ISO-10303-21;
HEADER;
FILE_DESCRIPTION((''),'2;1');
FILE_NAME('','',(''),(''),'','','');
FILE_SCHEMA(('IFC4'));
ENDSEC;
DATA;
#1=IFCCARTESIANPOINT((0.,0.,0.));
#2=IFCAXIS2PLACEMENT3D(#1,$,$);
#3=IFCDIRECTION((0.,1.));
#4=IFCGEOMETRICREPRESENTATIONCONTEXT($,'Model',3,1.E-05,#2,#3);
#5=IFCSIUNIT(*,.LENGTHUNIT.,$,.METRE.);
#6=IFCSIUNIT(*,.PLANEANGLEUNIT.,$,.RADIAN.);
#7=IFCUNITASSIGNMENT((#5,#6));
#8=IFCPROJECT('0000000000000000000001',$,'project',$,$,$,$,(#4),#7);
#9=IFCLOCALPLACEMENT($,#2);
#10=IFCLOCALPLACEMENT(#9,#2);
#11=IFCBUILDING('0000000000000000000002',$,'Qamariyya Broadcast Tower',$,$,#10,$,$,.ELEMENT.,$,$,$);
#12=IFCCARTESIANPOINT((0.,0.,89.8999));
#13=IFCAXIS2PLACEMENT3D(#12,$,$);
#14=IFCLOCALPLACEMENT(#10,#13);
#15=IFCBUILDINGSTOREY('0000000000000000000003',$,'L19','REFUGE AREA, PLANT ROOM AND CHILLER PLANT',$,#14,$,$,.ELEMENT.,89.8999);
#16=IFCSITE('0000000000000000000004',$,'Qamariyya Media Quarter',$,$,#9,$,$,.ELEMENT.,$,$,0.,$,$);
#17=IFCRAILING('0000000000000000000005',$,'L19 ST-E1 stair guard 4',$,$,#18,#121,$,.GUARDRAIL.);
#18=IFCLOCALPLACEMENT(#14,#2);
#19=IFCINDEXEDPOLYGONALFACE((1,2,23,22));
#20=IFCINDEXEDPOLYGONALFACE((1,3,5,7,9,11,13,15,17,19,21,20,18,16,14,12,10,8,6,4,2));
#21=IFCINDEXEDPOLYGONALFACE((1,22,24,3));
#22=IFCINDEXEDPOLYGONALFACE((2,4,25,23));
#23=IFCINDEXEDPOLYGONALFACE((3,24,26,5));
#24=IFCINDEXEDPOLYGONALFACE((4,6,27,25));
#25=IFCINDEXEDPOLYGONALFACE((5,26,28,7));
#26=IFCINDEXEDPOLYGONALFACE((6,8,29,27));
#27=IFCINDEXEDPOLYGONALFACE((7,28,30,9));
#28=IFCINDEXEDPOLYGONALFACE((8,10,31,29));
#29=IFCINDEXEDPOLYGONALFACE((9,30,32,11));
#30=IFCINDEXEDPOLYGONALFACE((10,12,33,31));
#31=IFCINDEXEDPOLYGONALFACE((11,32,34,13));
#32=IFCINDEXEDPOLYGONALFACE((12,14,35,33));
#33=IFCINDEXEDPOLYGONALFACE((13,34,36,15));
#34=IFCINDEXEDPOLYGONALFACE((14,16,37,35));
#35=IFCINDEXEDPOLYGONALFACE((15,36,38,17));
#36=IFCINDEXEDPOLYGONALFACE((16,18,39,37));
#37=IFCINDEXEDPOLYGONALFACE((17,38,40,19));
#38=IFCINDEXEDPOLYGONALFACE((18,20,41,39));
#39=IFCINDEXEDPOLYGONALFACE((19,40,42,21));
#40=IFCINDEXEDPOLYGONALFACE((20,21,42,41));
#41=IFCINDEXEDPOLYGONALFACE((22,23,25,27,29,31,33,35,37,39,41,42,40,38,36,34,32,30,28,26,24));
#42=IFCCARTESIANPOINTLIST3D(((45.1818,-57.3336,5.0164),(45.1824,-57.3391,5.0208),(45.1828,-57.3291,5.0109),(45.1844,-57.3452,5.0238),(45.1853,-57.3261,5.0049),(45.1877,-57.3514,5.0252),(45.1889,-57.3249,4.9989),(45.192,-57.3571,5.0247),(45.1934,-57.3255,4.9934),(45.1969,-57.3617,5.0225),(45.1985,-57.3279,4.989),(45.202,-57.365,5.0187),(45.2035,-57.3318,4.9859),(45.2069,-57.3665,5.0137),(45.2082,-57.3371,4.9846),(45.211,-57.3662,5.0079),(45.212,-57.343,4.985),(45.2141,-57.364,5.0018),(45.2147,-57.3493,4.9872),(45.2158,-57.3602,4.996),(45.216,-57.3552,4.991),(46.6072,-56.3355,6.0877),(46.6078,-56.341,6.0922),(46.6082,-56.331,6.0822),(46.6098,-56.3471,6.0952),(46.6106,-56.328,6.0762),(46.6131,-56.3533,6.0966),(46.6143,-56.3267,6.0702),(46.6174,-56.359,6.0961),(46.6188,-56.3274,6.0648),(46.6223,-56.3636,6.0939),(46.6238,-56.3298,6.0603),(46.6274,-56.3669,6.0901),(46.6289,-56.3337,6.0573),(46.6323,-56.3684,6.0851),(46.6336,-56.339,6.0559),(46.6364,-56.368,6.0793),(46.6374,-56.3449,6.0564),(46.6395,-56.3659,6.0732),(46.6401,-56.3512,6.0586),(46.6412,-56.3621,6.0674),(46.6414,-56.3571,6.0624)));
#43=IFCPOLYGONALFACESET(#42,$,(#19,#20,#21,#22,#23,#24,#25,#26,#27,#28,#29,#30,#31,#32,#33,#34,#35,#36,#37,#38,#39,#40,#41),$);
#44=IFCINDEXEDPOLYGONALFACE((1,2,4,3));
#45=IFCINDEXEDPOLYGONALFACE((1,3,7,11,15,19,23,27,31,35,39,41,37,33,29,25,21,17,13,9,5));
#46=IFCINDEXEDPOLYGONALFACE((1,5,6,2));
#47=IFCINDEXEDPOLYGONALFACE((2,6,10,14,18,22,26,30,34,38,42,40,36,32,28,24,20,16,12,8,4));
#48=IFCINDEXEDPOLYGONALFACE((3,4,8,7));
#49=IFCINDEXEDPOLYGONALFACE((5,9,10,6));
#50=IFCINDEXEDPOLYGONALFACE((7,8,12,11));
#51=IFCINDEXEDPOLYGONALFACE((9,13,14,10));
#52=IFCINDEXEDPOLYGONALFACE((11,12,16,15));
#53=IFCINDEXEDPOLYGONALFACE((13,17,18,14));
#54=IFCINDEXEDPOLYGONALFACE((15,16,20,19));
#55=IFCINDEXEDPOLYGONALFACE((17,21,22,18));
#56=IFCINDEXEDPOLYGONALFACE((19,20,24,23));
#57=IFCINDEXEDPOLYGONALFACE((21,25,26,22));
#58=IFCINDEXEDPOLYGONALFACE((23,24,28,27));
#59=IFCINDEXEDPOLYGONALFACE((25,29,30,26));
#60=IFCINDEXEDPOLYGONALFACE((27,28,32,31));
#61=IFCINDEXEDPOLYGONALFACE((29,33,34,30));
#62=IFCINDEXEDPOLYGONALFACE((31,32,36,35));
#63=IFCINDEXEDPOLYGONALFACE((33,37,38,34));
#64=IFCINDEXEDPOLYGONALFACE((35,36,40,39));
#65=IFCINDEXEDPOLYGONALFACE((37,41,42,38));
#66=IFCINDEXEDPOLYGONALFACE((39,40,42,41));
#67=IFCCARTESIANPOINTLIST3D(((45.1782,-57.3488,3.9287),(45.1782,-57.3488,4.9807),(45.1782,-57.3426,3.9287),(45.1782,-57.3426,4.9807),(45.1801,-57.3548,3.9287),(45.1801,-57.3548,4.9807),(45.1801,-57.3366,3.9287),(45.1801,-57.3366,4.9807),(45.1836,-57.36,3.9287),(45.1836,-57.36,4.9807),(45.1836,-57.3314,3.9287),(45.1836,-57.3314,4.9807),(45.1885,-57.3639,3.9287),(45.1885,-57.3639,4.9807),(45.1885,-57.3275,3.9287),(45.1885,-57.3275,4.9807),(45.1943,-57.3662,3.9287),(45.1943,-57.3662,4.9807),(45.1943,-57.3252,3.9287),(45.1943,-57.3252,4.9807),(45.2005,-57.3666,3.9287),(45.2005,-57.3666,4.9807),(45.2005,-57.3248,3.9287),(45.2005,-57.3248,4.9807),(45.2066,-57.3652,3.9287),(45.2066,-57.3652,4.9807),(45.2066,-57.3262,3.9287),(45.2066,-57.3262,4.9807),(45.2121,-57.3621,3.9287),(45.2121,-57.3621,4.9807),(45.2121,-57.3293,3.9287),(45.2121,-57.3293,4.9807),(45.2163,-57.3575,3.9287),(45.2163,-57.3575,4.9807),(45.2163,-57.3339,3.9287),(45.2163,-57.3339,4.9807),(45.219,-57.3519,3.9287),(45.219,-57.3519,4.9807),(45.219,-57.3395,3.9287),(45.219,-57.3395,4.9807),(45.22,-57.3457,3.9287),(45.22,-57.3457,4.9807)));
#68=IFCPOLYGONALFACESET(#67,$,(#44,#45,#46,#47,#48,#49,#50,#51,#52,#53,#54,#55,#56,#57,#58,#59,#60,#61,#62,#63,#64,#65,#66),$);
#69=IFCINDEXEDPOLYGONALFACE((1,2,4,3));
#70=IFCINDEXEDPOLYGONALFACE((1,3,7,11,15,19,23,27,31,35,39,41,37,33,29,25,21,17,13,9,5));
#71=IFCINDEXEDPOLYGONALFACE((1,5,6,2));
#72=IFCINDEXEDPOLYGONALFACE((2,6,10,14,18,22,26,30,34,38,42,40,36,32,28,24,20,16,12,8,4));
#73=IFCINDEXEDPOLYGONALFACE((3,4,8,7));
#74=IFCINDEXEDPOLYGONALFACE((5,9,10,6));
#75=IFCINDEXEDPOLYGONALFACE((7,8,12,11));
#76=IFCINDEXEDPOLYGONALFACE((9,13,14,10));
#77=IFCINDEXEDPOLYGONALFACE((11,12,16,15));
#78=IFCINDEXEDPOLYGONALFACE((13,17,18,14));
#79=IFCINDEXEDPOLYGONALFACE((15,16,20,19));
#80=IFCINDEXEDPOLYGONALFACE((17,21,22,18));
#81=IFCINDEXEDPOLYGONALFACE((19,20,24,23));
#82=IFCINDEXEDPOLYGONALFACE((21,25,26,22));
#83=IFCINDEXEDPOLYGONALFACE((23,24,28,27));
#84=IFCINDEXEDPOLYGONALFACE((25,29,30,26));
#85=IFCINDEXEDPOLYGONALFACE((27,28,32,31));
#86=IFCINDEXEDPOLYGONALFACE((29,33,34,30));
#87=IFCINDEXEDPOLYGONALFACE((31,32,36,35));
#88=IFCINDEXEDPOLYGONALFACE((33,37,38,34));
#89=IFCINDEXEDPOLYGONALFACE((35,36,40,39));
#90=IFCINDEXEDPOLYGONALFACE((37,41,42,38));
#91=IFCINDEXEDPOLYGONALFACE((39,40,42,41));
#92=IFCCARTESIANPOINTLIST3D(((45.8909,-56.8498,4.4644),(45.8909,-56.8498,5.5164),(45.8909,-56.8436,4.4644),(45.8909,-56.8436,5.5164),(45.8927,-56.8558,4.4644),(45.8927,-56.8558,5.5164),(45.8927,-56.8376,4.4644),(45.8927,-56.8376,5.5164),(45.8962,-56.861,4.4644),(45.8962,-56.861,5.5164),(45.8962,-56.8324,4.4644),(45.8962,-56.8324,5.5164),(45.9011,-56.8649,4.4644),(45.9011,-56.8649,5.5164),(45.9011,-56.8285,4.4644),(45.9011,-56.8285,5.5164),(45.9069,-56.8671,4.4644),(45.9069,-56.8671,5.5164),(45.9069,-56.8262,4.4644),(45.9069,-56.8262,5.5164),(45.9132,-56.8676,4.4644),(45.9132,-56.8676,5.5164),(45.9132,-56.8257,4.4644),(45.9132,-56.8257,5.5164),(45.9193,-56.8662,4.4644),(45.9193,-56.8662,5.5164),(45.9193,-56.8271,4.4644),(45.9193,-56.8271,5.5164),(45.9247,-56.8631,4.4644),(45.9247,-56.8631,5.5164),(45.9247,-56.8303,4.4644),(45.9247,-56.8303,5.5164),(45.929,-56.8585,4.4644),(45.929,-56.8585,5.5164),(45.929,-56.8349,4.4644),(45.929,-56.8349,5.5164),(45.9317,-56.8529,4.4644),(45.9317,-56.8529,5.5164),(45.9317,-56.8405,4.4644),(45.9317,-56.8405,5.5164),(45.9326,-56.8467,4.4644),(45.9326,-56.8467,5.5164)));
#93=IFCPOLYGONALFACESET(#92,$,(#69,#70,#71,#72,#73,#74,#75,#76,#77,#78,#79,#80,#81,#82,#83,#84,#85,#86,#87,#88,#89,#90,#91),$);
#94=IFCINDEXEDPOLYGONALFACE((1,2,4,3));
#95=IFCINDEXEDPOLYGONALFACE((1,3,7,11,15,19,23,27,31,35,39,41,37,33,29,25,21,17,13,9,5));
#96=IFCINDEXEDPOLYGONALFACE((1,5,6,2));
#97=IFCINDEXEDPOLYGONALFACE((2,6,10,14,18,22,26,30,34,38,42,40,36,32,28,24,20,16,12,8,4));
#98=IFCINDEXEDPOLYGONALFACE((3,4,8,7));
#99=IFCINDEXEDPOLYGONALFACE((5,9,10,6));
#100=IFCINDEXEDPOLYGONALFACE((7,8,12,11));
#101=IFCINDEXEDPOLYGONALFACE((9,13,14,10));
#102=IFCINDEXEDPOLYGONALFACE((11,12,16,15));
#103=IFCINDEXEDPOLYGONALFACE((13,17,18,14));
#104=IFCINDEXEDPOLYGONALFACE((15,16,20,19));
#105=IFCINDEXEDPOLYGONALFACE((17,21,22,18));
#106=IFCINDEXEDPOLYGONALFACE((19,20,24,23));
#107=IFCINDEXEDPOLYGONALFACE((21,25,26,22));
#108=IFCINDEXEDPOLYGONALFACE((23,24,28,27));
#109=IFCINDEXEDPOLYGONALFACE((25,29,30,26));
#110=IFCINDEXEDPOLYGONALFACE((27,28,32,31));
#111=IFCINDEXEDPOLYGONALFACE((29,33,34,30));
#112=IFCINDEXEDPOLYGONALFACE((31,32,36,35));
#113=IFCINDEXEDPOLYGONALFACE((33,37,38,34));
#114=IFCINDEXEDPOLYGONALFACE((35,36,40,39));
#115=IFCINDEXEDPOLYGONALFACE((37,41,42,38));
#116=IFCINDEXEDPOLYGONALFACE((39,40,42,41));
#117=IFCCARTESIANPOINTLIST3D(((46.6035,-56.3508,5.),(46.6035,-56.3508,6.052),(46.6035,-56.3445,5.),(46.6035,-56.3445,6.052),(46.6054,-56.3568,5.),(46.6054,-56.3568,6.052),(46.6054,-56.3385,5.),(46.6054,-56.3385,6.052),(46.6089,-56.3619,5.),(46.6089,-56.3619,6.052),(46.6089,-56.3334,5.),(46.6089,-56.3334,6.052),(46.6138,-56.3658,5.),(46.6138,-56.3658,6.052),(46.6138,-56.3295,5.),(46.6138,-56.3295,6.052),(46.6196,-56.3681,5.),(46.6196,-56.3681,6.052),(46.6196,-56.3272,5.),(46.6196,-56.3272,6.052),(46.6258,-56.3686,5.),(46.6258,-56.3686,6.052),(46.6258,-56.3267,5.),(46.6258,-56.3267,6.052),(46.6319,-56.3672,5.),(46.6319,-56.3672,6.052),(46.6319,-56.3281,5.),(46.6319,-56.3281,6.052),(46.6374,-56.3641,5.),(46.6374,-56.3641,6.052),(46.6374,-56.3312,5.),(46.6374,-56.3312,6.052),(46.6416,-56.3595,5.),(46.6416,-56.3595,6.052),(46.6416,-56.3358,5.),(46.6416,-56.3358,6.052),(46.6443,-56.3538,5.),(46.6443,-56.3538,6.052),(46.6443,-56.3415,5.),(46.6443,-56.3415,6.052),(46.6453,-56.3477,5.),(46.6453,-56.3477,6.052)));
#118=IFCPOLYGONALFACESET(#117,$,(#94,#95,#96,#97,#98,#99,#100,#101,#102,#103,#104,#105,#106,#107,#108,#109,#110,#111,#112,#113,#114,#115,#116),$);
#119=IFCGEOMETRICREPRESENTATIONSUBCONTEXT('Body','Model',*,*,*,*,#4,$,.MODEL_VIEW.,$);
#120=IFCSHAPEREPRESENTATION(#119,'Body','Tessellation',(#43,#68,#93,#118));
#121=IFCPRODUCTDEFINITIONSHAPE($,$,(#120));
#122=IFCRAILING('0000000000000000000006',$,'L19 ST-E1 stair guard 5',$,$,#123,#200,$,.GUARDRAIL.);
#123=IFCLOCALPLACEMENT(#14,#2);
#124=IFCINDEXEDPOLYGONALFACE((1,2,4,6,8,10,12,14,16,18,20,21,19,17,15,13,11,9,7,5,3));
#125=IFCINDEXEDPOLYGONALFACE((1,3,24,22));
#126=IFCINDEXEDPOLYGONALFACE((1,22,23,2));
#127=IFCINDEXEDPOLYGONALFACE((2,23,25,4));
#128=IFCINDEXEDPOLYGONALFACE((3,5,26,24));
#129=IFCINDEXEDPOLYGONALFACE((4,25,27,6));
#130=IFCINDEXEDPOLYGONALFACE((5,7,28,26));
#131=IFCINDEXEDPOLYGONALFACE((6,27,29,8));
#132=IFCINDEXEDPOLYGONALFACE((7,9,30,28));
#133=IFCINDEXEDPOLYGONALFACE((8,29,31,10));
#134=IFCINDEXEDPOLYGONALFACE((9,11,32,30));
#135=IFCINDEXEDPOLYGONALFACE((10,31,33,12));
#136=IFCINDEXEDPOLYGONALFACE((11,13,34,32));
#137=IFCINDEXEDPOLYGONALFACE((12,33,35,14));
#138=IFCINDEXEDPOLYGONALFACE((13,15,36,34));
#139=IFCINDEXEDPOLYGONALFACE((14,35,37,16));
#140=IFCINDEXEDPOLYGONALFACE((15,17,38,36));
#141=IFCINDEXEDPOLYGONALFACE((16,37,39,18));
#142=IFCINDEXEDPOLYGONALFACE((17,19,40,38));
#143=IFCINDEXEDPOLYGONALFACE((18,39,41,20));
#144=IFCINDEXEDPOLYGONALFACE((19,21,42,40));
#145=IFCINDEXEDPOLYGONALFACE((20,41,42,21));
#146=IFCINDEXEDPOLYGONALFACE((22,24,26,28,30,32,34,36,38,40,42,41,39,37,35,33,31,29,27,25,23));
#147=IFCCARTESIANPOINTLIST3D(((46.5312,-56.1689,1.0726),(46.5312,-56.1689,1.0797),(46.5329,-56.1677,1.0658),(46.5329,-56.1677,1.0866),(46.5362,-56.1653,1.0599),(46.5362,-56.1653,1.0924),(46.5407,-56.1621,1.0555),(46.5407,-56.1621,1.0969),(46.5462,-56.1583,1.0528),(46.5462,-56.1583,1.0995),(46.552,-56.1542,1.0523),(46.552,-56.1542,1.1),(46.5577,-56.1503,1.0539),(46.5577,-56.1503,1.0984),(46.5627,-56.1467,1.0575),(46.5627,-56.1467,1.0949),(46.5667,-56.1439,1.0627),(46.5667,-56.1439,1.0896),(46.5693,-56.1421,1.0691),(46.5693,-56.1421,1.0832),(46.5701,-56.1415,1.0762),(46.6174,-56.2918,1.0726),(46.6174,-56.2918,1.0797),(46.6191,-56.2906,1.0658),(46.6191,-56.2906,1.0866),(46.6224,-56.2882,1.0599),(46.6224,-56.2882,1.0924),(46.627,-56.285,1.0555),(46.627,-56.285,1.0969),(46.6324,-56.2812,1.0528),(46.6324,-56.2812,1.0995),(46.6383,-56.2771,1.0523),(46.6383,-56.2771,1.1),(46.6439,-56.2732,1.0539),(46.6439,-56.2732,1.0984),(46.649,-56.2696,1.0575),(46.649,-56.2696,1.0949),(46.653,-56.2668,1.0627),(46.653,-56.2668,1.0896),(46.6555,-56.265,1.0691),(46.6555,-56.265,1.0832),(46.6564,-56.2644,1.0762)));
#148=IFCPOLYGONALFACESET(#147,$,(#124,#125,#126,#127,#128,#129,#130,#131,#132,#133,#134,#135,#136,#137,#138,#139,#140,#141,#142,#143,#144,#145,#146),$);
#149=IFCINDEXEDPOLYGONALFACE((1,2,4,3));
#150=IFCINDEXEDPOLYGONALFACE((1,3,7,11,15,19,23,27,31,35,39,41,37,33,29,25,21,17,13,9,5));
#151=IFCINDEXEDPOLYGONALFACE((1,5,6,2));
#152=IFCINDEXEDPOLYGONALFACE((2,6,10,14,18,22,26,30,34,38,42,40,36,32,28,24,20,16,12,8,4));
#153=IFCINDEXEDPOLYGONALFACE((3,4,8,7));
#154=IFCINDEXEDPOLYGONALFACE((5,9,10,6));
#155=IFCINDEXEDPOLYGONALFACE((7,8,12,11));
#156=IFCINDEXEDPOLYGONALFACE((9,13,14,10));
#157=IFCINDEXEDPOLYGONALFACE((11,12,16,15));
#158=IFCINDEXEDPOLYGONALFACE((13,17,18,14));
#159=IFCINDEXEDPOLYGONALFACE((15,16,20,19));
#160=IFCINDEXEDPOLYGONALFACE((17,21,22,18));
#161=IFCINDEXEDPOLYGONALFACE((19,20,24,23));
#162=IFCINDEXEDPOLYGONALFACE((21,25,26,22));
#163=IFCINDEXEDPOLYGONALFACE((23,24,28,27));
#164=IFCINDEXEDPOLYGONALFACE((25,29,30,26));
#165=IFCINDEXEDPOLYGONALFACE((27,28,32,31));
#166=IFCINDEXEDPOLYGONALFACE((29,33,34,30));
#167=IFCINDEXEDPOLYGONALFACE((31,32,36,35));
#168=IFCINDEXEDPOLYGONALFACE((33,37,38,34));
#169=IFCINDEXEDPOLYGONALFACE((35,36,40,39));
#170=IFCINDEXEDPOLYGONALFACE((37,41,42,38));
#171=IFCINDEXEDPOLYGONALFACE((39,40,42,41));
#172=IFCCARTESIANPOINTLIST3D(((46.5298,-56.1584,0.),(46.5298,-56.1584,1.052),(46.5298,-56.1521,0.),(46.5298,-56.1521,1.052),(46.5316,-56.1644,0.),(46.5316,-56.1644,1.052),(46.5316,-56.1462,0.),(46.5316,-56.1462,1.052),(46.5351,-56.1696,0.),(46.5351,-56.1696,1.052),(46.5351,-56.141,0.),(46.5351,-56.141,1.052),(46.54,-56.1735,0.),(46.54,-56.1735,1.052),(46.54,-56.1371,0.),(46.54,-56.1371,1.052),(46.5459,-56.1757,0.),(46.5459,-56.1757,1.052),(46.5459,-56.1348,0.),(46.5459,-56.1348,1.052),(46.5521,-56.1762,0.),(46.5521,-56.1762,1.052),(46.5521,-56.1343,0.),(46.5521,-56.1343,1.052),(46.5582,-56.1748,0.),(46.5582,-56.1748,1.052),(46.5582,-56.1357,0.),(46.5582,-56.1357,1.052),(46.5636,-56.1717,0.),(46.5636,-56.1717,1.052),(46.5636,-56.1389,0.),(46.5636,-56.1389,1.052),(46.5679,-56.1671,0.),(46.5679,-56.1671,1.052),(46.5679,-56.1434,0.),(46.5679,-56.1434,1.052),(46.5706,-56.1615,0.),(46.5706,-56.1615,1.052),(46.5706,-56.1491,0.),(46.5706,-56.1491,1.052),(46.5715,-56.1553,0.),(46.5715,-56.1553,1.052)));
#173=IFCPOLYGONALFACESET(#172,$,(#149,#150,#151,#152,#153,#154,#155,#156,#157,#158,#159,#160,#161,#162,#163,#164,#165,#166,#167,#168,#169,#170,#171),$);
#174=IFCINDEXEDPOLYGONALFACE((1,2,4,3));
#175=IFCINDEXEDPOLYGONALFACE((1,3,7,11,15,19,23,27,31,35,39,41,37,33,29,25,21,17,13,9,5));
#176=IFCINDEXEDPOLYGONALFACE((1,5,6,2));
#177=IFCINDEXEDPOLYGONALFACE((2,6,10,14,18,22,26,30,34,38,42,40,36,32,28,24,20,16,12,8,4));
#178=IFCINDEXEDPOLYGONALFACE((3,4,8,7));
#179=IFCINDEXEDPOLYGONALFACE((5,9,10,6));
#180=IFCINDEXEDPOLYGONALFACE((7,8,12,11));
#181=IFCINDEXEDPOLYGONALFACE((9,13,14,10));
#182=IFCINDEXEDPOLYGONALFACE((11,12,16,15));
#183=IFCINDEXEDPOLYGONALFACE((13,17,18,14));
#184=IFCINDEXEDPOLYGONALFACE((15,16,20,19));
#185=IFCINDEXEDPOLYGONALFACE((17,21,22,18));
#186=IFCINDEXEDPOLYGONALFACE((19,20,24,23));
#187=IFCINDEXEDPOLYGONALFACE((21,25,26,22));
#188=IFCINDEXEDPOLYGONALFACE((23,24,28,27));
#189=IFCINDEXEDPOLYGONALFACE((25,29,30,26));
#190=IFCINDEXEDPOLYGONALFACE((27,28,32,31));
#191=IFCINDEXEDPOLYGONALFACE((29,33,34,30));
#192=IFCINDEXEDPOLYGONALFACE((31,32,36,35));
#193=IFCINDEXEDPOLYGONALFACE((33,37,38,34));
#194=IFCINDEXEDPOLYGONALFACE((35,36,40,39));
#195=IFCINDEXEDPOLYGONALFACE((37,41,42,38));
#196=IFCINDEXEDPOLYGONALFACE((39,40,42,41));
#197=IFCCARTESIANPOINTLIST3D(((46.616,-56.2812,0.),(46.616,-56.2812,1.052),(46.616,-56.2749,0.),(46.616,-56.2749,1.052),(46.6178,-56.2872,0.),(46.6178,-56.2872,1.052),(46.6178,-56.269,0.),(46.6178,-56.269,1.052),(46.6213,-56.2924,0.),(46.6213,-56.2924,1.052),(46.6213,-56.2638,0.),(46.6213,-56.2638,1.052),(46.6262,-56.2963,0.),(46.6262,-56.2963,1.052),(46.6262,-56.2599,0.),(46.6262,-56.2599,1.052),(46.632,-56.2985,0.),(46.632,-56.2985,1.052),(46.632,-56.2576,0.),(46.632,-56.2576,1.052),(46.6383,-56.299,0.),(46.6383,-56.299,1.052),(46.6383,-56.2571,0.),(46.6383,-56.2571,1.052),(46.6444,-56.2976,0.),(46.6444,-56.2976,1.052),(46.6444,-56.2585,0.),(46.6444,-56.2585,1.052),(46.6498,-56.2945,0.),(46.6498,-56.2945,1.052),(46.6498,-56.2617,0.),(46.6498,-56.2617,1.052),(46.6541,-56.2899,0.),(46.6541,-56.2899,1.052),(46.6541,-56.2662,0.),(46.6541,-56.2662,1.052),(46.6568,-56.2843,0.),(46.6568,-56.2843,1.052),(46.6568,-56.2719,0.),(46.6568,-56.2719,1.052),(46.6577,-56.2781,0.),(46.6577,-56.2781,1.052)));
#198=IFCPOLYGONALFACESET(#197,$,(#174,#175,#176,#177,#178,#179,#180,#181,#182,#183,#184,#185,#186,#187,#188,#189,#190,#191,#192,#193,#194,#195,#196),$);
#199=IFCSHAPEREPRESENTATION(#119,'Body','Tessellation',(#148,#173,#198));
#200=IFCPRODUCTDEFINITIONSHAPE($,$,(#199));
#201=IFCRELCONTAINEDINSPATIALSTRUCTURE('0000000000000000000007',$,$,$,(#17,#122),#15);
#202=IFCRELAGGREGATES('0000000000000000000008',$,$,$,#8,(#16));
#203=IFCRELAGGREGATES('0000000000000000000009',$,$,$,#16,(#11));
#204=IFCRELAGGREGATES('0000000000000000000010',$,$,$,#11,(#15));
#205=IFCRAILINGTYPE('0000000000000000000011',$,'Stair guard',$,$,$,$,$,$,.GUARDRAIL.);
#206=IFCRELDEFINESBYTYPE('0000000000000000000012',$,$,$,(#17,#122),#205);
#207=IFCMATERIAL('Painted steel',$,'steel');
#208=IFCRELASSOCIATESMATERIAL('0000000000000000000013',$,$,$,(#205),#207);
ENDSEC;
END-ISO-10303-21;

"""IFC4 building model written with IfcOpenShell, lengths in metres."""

from ifc_helpers import new_model, si_unit, direction, frame, origin, origin_2d, place, context, subcontext, project, spatial, circle, extrude, material, type_object, element, save


model = new_model("IFC4")

# Units and contexts
model_context = context("Model", 3, precision=1e-05, world=origin(), true_north=direction((0.0, 1.0)))
body_context = subcontext(model_context, "Body", "Model", "MODEL_VIEW")
ifc_project = project(units=[si_unit("LENGTHUNIT", "METRE"), si_unit("PLANEANGLEUNIT", "RADIAN")], contexts=[model_context])

# Site, building, storey
site_placement = place(None, origin())
site = spatial("IfcSite", under=ifc_project, at=site_placement, Name="Qamariyya Media Quarter", CompositionType="ELEMENT", RefElevation=0.0)
building_placement = place(site_placement, origin())
building = spatial("IfcBuilding", under=site, at=building_placement, Name="Qamariyya Broadcast Tower", CompositionType="ELEMENT")
storey_placement = place(building_placement, frame((0.0, 0.0, 89.8999)))
storey = spatial("IfcBuildingStorey", under=building, at=storey_placement, Name="L19", Description="REFUGE AREA, PLANT ROOM AND CHILLER PLANT", CompositionType="ELEMENT", Elevation=89.8999)

# Railings
ifc_material_1 = material(Name="Painted steel", Category="steel")
railing_type_1 = type_object("IfcRailingType", Name="Stair guard", PredefinedType="GUARDRAIL", material=ifc_material_1)
railing_1_placement = place(storey_placement, frame((45.199, -57.3457, 3.9287)))
element("IfcRailing", 1, at=railing_1_placement, inside=storey, type_object=railing_type_1, Name="L19 ST-E1 stair guard 4", PredefinedType="GUARDRAIL", context=body_context, shape_type="SweptSolid", body=[
    extrude(circle(Radius=0.0239, at=origin_2d()), frame((0.0, 0.0, 1.0762), z_axis=(0.697533, 0.48844, 0.524285), x_axis=(-0.573594, 0.81914, 0.0)), (0.0, 0.0, 1.0), 2.0435),
    extrude(circle(Radius=0.021, at=origin_2d()), origin(), (0.0, 0.0, 1.0), 1.052),
    extrude(circle(Radius=0.021, at=origin_2d()), frame((0.7126, 0.499, 0.5356)), (0.0, 0.0, 1.0), 1.052),
    extrude(circle(Radius=0.021, at=origin_2d()), frame((1.4253, 0.998, 1.0713)), (0.0, 0.0, 1.0), 1.052),
])
railing_2_placement = place(storey_placement, frame((46.5505, -56.1553, 0.0)))
element("IfcRailing", 2, at=railing_2_placement, inside=storey, type_object=railing_type_1, Name="L19 ST-E1 stair guard 5", PredefinedType="GUARDRAIL", context=body_context, shape_type="SweptSolid", body=[
    extrude(circle(Radius=0.0239, at=origin_2d()), frame((0.0, 0.0, 1.0762), z_axis=(0.574445, -0.818543, 0.0), x_axis=(0.818543, 0.574445, 0.0)), (0.0, 0.0, 1.0), 0.1501),
    extrude(circle(Radius=0.021, at=origin_2d()), origin(), (0.0, 0.0, 1.0), 1.052),
    extrude(circle(Radius=0.021, at=origin_2d()), frame((0.0862, -0.1228, 0.0)), (0.0, 0.0, 1.0), 1.052),
])

save(model, "model.ifc")
